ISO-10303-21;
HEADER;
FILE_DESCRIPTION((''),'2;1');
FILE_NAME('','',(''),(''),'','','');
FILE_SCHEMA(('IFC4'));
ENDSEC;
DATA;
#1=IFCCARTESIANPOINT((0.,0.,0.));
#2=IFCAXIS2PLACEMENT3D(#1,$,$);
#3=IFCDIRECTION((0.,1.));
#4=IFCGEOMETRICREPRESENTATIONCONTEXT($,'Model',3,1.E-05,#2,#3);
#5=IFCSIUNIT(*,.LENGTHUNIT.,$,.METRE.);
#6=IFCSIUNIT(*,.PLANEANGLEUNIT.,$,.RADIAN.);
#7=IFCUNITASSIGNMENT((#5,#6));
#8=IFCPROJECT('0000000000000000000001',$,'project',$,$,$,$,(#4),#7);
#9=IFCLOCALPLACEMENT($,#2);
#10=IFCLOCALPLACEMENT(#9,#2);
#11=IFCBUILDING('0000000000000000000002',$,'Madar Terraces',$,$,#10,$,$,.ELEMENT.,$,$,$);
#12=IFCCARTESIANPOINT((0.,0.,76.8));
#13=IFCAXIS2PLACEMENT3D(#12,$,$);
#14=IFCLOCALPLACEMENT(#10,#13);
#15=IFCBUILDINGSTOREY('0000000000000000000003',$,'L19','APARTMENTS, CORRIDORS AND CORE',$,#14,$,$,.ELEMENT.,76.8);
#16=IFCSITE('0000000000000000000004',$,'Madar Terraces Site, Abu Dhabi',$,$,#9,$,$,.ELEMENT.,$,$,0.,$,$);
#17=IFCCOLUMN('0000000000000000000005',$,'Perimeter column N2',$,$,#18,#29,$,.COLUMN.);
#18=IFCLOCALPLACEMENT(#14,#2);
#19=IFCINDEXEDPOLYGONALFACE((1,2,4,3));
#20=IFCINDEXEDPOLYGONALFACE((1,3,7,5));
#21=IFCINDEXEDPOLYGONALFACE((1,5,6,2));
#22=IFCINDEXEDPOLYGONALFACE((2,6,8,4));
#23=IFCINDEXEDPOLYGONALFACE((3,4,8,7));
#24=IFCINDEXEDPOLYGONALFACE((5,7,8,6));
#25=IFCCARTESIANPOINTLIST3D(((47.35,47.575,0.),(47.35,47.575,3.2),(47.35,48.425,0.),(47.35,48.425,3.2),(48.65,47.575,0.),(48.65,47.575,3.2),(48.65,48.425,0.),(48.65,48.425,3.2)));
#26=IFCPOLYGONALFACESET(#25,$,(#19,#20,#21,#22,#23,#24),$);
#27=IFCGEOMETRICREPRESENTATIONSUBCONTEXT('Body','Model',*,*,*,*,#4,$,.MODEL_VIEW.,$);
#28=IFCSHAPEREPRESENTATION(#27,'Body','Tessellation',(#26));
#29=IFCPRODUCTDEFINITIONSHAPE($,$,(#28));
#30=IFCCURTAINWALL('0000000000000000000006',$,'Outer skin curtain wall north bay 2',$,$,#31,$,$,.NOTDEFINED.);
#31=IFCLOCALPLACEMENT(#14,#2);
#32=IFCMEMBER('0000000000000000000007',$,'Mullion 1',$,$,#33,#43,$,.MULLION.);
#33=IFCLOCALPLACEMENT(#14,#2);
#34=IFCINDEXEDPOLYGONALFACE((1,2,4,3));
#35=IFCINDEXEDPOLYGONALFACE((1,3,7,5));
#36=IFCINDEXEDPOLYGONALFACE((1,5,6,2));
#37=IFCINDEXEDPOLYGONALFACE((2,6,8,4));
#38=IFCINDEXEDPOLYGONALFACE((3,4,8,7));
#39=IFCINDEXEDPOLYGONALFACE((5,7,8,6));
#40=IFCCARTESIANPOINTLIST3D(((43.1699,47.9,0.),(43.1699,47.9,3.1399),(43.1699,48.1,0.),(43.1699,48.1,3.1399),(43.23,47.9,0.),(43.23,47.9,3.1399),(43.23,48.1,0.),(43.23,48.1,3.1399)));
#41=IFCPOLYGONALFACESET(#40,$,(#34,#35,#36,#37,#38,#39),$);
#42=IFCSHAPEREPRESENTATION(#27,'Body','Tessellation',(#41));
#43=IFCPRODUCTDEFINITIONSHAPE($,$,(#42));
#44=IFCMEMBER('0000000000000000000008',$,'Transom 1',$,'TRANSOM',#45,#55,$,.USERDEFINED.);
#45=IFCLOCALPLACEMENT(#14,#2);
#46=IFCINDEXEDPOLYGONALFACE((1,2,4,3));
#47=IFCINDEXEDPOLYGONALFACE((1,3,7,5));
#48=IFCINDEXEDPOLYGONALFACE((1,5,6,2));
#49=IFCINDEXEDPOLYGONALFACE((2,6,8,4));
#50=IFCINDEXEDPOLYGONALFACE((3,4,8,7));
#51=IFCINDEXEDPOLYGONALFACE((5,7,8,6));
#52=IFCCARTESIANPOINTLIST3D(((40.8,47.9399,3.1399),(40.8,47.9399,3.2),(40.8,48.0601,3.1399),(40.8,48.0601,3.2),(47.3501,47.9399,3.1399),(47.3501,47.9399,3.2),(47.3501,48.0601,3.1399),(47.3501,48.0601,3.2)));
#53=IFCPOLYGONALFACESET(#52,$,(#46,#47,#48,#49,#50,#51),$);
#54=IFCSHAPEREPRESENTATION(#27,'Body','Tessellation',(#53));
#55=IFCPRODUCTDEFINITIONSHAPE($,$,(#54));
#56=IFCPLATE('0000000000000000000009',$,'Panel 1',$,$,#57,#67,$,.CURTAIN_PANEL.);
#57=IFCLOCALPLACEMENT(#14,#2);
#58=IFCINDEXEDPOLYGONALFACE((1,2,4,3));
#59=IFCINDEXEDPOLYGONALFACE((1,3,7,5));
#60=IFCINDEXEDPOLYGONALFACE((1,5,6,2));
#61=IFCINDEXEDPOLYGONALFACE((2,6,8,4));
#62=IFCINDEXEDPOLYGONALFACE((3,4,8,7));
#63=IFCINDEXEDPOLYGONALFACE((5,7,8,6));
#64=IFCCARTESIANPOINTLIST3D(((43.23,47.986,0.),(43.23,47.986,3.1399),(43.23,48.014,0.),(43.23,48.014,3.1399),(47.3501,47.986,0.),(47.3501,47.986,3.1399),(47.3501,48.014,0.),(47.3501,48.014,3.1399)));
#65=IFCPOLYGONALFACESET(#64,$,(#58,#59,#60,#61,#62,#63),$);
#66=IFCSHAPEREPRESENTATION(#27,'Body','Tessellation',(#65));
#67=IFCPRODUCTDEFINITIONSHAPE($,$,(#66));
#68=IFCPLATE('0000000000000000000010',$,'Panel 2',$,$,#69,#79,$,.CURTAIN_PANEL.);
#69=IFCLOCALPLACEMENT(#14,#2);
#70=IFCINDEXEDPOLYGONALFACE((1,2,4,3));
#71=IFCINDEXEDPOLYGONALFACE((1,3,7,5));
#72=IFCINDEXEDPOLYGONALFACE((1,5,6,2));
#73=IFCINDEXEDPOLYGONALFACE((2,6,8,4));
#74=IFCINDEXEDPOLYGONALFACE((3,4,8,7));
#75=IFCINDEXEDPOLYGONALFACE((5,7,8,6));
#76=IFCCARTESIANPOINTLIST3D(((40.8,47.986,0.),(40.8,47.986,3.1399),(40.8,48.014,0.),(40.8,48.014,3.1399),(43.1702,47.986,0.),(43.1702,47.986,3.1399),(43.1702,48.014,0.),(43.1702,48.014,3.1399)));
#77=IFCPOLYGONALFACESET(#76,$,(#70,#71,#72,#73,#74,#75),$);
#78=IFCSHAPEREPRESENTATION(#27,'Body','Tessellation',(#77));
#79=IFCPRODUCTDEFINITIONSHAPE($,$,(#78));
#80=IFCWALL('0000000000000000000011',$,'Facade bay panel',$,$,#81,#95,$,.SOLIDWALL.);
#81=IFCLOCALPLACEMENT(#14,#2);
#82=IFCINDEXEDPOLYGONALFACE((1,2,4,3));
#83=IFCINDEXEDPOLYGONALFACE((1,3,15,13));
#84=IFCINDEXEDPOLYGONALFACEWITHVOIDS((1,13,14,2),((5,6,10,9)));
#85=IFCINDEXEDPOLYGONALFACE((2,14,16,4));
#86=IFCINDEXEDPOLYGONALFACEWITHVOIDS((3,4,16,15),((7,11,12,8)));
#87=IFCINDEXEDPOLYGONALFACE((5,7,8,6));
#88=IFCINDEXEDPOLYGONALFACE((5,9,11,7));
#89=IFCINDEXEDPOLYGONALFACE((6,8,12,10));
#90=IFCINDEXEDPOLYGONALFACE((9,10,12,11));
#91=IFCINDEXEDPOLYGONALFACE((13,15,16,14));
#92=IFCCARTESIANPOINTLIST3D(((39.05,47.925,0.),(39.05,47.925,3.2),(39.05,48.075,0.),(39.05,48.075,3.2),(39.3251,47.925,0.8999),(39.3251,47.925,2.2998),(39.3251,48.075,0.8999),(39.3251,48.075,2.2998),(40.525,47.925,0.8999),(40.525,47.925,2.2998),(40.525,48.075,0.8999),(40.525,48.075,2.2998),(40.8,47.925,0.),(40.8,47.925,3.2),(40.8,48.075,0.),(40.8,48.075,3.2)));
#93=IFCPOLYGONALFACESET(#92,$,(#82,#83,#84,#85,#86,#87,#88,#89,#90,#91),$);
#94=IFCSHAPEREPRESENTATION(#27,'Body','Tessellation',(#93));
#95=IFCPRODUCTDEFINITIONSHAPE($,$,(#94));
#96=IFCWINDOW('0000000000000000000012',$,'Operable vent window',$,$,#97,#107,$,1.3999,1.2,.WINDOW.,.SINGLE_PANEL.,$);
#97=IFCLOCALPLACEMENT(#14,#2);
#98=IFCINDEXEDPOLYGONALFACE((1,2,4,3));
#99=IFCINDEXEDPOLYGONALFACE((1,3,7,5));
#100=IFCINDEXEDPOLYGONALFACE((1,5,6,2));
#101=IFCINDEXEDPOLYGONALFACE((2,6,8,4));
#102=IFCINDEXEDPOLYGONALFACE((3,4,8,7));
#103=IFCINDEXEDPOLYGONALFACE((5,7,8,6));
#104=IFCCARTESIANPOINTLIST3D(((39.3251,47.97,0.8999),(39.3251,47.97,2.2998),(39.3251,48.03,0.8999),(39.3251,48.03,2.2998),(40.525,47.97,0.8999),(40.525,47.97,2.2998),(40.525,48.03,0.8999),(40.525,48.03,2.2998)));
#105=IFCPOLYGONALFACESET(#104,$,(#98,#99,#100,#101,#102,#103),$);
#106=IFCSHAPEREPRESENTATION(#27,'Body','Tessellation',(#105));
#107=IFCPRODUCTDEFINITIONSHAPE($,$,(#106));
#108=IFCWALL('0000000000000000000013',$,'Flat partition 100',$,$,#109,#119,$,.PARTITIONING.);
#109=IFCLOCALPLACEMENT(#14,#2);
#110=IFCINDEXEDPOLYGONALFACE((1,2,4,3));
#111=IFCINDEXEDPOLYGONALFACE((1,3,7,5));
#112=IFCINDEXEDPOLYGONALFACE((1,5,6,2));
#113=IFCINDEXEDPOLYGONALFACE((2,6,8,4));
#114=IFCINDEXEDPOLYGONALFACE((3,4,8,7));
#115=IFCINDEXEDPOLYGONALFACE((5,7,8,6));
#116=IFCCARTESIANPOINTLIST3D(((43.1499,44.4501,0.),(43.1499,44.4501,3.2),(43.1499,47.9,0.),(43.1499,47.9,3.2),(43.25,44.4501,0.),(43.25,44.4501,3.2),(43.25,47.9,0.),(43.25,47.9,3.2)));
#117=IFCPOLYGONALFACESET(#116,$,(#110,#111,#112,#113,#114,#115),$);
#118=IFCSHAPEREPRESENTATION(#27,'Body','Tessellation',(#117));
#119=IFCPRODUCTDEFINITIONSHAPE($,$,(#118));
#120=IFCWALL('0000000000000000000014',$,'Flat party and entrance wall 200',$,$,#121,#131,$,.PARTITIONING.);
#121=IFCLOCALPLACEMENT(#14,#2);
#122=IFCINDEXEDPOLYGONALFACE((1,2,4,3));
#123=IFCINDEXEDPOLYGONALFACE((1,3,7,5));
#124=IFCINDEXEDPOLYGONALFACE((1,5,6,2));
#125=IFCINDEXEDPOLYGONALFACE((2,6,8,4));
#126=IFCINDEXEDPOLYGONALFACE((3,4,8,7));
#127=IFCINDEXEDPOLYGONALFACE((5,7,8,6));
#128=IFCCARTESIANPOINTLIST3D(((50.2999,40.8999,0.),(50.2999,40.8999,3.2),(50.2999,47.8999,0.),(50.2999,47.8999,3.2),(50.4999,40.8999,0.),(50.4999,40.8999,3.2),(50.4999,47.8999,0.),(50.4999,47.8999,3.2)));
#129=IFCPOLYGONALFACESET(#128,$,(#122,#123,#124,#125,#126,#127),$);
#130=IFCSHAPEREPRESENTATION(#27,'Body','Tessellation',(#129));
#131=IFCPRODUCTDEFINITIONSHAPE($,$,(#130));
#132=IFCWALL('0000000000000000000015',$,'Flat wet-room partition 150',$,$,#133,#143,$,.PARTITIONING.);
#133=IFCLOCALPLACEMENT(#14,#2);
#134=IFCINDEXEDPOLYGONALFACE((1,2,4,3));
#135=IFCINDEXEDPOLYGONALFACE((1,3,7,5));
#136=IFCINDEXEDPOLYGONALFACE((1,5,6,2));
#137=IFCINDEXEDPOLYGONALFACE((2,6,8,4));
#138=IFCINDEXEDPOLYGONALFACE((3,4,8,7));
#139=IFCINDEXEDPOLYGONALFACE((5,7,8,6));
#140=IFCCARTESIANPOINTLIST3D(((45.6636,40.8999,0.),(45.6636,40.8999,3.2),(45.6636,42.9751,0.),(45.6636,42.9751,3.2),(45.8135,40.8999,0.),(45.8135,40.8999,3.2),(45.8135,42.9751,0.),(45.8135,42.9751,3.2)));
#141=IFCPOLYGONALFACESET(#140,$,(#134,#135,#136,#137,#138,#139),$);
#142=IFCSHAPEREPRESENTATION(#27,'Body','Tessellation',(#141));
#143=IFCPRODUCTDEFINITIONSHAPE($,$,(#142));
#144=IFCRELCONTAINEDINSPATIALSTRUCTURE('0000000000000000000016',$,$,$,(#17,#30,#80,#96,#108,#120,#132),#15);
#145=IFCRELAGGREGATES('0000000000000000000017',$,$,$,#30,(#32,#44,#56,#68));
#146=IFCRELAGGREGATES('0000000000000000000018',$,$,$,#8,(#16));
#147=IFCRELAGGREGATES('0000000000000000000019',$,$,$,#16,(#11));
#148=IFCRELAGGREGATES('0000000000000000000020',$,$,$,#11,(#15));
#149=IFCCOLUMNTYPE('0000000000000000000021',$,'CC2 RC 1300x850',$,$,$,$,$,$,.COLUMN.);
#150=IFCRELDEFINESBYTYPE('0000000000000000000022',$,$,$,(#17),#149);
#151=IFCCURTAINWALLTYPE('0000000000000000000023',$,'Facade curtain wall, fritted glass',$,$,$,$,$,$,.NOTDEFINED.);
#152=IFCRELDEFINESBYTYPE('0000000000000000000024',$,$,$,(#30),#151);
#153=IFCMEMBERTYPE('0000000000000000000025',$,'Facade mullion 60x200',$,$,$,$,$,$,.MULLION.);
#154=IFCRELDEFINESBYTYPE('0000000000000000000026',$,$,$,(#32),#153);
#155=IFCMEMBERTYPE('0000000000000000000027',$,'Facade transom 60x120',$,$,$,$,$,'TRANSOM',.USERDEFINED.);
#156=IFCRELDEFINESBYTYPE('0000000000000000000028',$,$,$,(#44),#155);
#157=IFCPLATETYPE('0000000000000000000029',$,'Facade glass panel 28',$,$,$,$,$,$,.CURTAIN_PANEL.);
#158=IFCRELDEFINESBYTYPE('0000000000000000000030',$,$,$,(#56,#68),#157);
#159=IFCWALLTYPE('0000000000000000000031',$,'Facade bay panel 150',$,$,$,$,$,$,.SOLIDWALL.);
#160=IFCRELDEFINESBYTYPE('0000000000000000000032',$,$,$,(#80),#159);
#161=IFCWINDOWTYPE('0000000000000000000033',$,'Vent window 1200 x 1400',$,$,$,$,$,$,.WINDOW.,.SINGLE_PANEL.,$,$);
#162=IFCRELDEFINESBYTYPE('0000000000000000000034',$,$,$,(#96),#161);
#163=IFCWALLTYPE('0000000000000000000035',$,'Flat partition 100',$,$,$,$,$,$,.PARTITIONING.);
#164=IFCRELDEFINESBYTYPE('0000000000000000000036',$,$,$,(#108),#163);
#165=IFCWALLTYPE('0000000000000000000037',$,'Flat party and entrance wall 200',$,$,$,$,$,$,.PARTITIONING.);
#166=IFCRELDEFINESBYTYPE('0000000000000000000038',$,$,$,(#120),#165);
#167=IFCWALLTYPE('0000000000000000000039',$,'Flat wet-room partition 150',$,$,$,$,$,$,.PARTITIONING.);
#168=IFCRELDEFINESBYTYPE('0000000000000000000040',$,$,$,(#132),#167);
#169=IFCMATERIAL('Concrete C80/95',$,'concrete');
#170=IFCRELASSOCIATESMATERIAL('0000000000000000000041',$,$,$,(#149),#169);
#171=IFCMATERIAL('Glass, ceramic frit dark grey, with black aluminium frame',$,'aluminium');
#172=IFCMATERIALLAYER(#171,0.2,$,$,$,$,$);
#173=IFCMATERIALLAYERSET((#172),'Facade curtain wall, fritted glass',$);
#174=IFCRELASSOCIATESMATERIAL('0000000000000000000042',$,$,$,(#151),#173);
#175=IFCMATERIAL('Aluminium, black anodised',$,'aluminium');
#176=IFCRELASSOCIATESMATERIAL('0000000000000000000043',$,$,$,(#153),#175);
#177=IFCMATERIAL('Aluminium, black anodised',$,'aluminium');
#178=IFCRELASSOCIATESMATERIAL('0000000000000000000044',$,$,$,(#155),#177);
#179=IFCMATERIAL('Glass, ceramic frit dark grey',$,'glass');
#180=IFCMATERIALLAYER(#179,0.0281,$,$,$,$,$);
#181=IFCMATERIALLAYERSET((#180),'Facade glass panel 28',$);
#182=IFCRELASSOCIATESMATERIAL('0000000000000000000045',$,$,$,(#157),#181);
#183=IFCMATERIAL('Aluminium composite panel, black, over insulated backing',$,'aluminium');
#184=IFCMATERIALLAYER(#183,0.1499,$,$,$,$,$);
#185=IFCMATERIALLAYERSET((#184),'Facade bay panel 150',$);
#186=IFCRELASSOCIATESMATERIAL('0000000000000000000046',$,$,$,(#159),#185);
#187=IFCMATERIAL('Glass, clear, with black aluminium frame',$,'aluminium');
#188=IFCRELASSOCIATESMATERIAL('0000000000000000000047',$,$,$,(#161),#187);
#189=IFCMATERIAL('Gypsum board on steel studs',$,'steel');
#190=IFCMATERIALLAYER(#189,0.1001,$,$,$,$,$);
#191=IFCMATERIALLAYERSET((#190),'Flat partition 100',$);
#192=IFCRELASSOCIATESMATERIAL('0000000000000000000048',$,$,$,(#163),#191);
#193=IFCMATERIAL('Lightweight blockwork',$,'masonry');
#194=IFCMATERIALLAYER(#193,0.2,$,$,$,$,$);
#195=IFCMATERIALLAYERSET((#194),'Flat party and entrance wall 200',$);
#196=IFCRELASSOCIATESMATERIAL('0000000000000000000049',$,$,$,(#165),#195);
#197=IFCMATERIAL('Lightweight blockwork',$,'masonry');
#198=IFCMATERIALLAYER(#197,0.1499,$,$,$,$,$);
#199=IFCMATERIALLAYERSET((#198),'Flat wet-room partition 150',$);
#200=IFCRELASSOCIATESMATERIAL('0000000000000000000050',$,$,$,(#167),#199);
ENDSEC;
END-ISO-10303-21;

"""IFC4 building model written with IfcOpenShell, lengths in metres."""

from ifc_helpers import new_model, si_unit, direction, frame, frame_2d, origin, origin_2d, place, context, subcontext, project, spatial, rectangle, extrude, material, layer, layer_set, material_profile, profile_set, type_object, element, fill, aggregate, save


model = new_model("IFC4")

# Units and contexts
model_context = context("Model", 3, precision=1e-05, world=origin(), true_north=direction((0.0, 1.0)))
body_context = subcontext(model_context, "Body", "Model", "MODEL_VIEW")
ifc_project = project(units=[si_unit("LENGTHUNIT", "METRE"), si_unit("PLANEANGLEUNIT", "RADIAN")], contexts=[model_context])

# Site, building, storey
site_placement = place(None, origin())
site = spatial("IfcSite", under=ifc_project, at=site_placement, Name="Madar Terraces Site, Abu Dhabi", CompositionType="ELEMENT", RefElevation=0.0)
building_placement = place(site_placement, origin())
building = spatial("IfcBuilding", under=site, at=building_placement, Name="Madar Terraces", CompositionType="ELEMENT")
storey_placement = place(building_placement, frame((0.0, 0.0, 76.8)))
storey = spatial("IfcBuildingStorey", under=building, at=storey_placement, Name="L19", Description="APARTMENTS, CORRIDORS AND CORE", CompositionType="ELEMENT", Elevation=76.8)

# Column
ifc_material_1 = material(Name="Concrete C80/95", Category="concrete")
ifc_material_profile_1 = material_profile(ifc_material_1, rectangle(XDim=1.3, YDim=0.8501, at=origin_2d()), Name="CC2 RC 1300x850")
ifc_profile_set_1 = profile_set([ifc_material_profile_1], Name="Concrete C80/95")
column_type = type_object("IfcColumnType", Name="CC2 RC 1300x850", PredefinedType="COLUMN", material=ifc_profile_set_1)
column_placement = place(storey_placement, frame((48.0, 48.0, 0.0), z_axis=(0.0, 0.0, 1.0), x_axis=(1.0, 0.0, 0.0)))
element("IfcColumn", 1, at=column_placement, inside=storey, type_object=column_type, Name="Perimeter column N2", PredefinedType="COLUMN", context=body_context, shape_type="SweptSolid", body=[
    extrude(rectangle(XDim=1.3, YDim=0.8501, at=origin_2d()), origin(), (0.0, 0.0, 1.0), 3.2),
])

# Curtain wall, members, plates
ifc_material_2 = material(Name="Glass, ceramic frit dark grey, with black aluminium frame", Category="aluminium")
ifc_layer_1 = layer(ifc_material_2, 0.2)
ifc_layer_set_1 = layer_set([ifc_layer_1], Name="Facade curtain wall, fritted glass")
curtain_wall_type = type_object("IfcCurtainWallType", Name="Facade curtain wall, fritted glass", PredefinedType="NOTDEFINED", material=ifc_layer_set_1)
curtain_wall_placement = place(storey_placement, origin())
curtain_wall = element("IfcCurtainWall", 2, at=curtain_wall_placement, inside=storey, type_object=curtain_wall_type, Name="Outer skin curtain wall north bay 2", PredefinedType="NOTDEFINED")
ifc_material_3 = material(Name="Aluminium, black anodised", Category="aluminium")
ifc_material_profile_2 = material_profile(ifc_material_3, rectangle(XDim=0.2, YDim=0.0601, at=origin_2d()), Name="Facade mullion 60x200")
ifc_profile_set_2 = profile_set([ifc_material_profile_2], Name="Aluminium, black anodised")
member_type_1 = type_object("IfcMemberType", Name="Facade mullion 60x200", PredefinedType="MULLION", material=ifc_profile_set_2)
member_1_placement = place(storey_placement, frame((43.2, 48.0, 0.0), z_axis=(0.0, 0.0, 1.0), x_axis=(0.0, -1.0, 0.0)))
member_1 = element("IfcMember", 3, at=member_1_placement, type_object=member_type_1, Name="Mullion 1", PredefinedType="MULLION", context=body_context, shape_type="SweptSolid", body=[
    extrude(rectangle(XDim=0.2, YDim=0.0601, at=origin_2d()), origin(), (0.0, 0.0, 1.0), 3.1399),
])
ifc_material_4 = material(Name="Aluminium, black anodised", Category="aluminium")
ifc_material_profile_3 = material_profile(ifc_material_4, rectangle(XDim=0.1201, YDim=0.0601, at=origin_2d()), Name="Facade transom 60x120")
ifc_profile_set_3 = profile_set([ifc_material_profile_3], Name="Aluminium, black anodised")
member_type_2 = type_object("IfcMemberType", Name="Facade transom 60x120", ElementType="TRANSOM", PredefinedType="USERDEFINED", material=ifc_profile_set_3)
member_2_placement = place(storey_placement, frame((47.3501, 48.0, 3.1699), z_axis=(-1.0, 0.0, 0.0), x_axis=(0.0, -1.0, 0.0)))
member_2 = element("IfcMember", 4, at=member_2_placement, type_object=member_type_2, Name="Transom 1", ObjectType="TRANSOM", PredefinedType="USERDEFINED", context=body_context, shape_type="SweptSolid", body=[
    extrude(rectangle(XDim=0.1201, YDim=0.0601, at=origin_2d()), origin(), (0.0, 0.0, 1.0), 6.55),
])
ifc_material_5 = material(Name="Glass, ceramic frit dark grey", Category="glass")
ifc_layer_2 = layer(ifc_material_5, 0.0281)
ifc_layer_set_2 = layer_set([ifc_layer_2], Name="Facade glass panel 28")
plate_type = type_object("IfcPlateType", Name="Facade glass panel 28", PredefinedType="CURTAIN_PANEL", material=ifc_layer_set_2)
plate_1_placement = place(storey_placement, frame((45.29, 48.0, 0.0), z_axis=(0.0, 0.0, 1.0), x_axis=(-1.0, 0.0, 0.0)))
plate_1 = element("IfcPlate", 5, at=plate_1_placement, type_object=plate_type, Name="Panel 1", PredefinedType="CURTAIN_PANEL", context=body_context, shape_type="SweptSolid", body=[
    extrude(rectangle(XDim=4.1201, YDim=0.0281, at=origin_2d()), origin(), (0.0, 0.0, 1.0), 3.1399),
])
plate_2_placement = place(storey_placement, frame((41.9851, 48.0, 0.0), z_axis=(0.0, 0.0, 1.0), x_axis=(-1.0, 0.0, 0.0)))
plate_2 = element("IfcPlate", 6, at=plate_2_placement, type_object=plate_type, Name="Panel 2", PredefinedType="CURTAIN_PANEL", context=body_context, shape_type="SweptSolid", body=[
    extrude(rectangle(XDim=2.3701, YDim=0.0281, at=origin_2d()), origin(), (0.0, 0.0, 1.0), 3.1399),
])
aggregate(curtain_wall, [member_1, member_2, plate_1, plate_2])

# Wall, opening, window
ifc_material_6 = material(Name="Aluminium composite panel, black, over insulated backing", Category="aluminium")
ifc_layer_3 = layer(ifc_material_6, 0.1499)
ifc_layer_set_3 = layer_set([ifc_layer_3], Name="Facade bay panel 150")
wall_type_1 = type_object("IfcWallType", Name="Facade bay panel 150", PredefinedType="SOLIDWALL", material=ifc_layer_set_3)
wall_1_placement = place(storey_placement, frame((40.8, 48.0, 0.0), z_axis=(0.0, 0.0, 1.0), x_axis=(-1.0, 0.0, 0.0)))
wall_1 = element("IfcWall", 7, at=wall_1_placement, inside=storey, type_object=wall_type_1, Name="Facade bay panel", PredefinedType="SOLIDWALL", context=body_context, shape_type="SweptSolid", body=[
    extrude(rectangle(XDim=1.75, YDim=0.1499, at=frame_2d((0.875, 0.0))), origin(), (0.0, 0.0, 1.0), 3.2),
])
opening_1_placement = place(wall_1_placement, frame((0.2749, 0.0, 0.8999)))
opening_1 = element("IfcOpeningElement", 8, at=opening_1_placement, cuts=wall_1, PredefinedType="OPENING", context=body_context, shape_type="SweptSolid", body=[
    extrude(rectangle(XDim=1.2, YDim=1.3999, at=frame_2d((0.6001, 0.7))), frame((0.0, 0.085, 0.0), z_axis=(0.0, -1.0, 0.0), x_axis=(1.0, 0.0, 0.0)), (0.0, 0.0, 1.0), 0.1699),
])
ifc_material_7 = material(Name="Glass, clear, with black aluminium frame", Category="aluminium")
window_type = type_object("IfcWindowType", Name="Vent window 1200 x 1400", PartitioningType="SINGLE_PANEL", PredefinedType="WINDOW", material=ifc_material_7)
window_placement = place(opening_1_placement, origin())
window = element("IfcWindow", 9, at=window_placement, inside=storey, type_object=window_type, Name="Operable vent window", OverallHeight=1.3999, OverallWidth=1.2, PartitioningType="SINGLE_PANEL", PredefinedType="WINDOW", context=body_context, shape_type="SweptSolid", body=[
    extrude(rectangle(XDim=1.2, YDim=1.3999, at=frame_2d((0.6001, 0.7))), frame((0.0, 0.03, 0.0), z_axis=(0.0, -1.0, 0.0), x_axis=(1.0, 0.0, 0.0)), (0.0, 0.0, 1.0), 0.0601),
])
fill(opening_1, window)

# Walls
ifc_material_8 = material(Name="Gypsum board on steel studs", Category="steel")
ifc_layer_4 = layer(ifc_material_8, 0.1001)
ifc_layer_set_4 = layer_set([ifc_layer_4], Name="Flat partition 100")
wall_type_2 = type_object("IfcWallType", Name="Flat partition 100", PredefinedType="PARTITIONING", material=ifc_layer_set_4)
wall_2_placement = place(storey_placement, frame((43.2, 44.45, 0.0), z_axis=(0.0, 0.0, 1.0), x_axis=(0.0, 1.0, 0.0)))
element("IfcWall", 10, at=wall_2_placement, inside=storey, type_object=wall_type_2, Name="Flat partition 100", PredefinedType="PARTITIONING", context=body_context, shape_type="SweptSolid", body=[
    extrude(rectangle(XDim=3.45, YDim=0.1001, at=frame_2d((1.7251, 0.0))), origin(), (0.0, 0.0, 1.0), 3.2),
])
ifc_material_9 = material(Name="Lightweight blockwork", Category="masonry")
ifc_layer_5 = layer(ifc_material_9, 0.2)
ifc_layer_set_5 = layer_set([ifc_layer_5], Name="Flat party and entrance wall 200")
wall_type_3 = type_object("IfcWallType", Name="Flat party and entrance wall 200", PredefinedType="PARTITIONING", material=ifc_layer_set_5)
wall_3_placement = place(storey_placement, frame((50.3999, 40.8999, 0.0), z_axis=(0.0, 0.0, 1.0), x_axis=(0.0, 1.0, 0.0)))
element("IfcWall", 11, at=wall_3_placement, inside=storey, type_object=wall_type_3, Name="Flat party and entrance wall 200", PredefinedType="PARTITIONING", context=body_context, shape_type="SweptSolid", body=[
    extrude(rectangle(XDim=7.0, YDim=0.2, at=frame_2d((3.5, 0.0))), origin(), (0.0, 0.0, 1.0), 3.2),
])
ifc_material_10 = material(Name="Lightweight blockwork", Category="masonry")
ifc_layer_6 = layer(ifc_material_10, 0.1499)
ifc_layer_set_6 = layer_set([ifc_layer_6], Name="Flat wet-room partition 150")
wall_type_4 = type_object("IfcWallType", Name="Flat wet-room partition 150", PredefinedType="PARTITIONING", material=ifc_layer_set_6)
wall_4_placement = place(storey_placement, frame((45.7385, 40.8999, 0.0), z_axis=(0.0, 0.0, 1.0), x_axis=(0.0, 1.0, 0.0)))
element("IfcWall", 12, at=wall_4_placement, inside=storey, type_object=wall_type_4, Name="Flat wet-room partition 150", PredefinedType="PARTITIONING", context=body_context, shape_type="SweptSolid", body=[
    extrude(rectangle(XDim=2.0752, YDim=0.1499, at=frame_2d((1.0376, 0.0))), origin(), (0.0, 0.0, 1.0), 3.2),
])

save(model, "model.ifc")
